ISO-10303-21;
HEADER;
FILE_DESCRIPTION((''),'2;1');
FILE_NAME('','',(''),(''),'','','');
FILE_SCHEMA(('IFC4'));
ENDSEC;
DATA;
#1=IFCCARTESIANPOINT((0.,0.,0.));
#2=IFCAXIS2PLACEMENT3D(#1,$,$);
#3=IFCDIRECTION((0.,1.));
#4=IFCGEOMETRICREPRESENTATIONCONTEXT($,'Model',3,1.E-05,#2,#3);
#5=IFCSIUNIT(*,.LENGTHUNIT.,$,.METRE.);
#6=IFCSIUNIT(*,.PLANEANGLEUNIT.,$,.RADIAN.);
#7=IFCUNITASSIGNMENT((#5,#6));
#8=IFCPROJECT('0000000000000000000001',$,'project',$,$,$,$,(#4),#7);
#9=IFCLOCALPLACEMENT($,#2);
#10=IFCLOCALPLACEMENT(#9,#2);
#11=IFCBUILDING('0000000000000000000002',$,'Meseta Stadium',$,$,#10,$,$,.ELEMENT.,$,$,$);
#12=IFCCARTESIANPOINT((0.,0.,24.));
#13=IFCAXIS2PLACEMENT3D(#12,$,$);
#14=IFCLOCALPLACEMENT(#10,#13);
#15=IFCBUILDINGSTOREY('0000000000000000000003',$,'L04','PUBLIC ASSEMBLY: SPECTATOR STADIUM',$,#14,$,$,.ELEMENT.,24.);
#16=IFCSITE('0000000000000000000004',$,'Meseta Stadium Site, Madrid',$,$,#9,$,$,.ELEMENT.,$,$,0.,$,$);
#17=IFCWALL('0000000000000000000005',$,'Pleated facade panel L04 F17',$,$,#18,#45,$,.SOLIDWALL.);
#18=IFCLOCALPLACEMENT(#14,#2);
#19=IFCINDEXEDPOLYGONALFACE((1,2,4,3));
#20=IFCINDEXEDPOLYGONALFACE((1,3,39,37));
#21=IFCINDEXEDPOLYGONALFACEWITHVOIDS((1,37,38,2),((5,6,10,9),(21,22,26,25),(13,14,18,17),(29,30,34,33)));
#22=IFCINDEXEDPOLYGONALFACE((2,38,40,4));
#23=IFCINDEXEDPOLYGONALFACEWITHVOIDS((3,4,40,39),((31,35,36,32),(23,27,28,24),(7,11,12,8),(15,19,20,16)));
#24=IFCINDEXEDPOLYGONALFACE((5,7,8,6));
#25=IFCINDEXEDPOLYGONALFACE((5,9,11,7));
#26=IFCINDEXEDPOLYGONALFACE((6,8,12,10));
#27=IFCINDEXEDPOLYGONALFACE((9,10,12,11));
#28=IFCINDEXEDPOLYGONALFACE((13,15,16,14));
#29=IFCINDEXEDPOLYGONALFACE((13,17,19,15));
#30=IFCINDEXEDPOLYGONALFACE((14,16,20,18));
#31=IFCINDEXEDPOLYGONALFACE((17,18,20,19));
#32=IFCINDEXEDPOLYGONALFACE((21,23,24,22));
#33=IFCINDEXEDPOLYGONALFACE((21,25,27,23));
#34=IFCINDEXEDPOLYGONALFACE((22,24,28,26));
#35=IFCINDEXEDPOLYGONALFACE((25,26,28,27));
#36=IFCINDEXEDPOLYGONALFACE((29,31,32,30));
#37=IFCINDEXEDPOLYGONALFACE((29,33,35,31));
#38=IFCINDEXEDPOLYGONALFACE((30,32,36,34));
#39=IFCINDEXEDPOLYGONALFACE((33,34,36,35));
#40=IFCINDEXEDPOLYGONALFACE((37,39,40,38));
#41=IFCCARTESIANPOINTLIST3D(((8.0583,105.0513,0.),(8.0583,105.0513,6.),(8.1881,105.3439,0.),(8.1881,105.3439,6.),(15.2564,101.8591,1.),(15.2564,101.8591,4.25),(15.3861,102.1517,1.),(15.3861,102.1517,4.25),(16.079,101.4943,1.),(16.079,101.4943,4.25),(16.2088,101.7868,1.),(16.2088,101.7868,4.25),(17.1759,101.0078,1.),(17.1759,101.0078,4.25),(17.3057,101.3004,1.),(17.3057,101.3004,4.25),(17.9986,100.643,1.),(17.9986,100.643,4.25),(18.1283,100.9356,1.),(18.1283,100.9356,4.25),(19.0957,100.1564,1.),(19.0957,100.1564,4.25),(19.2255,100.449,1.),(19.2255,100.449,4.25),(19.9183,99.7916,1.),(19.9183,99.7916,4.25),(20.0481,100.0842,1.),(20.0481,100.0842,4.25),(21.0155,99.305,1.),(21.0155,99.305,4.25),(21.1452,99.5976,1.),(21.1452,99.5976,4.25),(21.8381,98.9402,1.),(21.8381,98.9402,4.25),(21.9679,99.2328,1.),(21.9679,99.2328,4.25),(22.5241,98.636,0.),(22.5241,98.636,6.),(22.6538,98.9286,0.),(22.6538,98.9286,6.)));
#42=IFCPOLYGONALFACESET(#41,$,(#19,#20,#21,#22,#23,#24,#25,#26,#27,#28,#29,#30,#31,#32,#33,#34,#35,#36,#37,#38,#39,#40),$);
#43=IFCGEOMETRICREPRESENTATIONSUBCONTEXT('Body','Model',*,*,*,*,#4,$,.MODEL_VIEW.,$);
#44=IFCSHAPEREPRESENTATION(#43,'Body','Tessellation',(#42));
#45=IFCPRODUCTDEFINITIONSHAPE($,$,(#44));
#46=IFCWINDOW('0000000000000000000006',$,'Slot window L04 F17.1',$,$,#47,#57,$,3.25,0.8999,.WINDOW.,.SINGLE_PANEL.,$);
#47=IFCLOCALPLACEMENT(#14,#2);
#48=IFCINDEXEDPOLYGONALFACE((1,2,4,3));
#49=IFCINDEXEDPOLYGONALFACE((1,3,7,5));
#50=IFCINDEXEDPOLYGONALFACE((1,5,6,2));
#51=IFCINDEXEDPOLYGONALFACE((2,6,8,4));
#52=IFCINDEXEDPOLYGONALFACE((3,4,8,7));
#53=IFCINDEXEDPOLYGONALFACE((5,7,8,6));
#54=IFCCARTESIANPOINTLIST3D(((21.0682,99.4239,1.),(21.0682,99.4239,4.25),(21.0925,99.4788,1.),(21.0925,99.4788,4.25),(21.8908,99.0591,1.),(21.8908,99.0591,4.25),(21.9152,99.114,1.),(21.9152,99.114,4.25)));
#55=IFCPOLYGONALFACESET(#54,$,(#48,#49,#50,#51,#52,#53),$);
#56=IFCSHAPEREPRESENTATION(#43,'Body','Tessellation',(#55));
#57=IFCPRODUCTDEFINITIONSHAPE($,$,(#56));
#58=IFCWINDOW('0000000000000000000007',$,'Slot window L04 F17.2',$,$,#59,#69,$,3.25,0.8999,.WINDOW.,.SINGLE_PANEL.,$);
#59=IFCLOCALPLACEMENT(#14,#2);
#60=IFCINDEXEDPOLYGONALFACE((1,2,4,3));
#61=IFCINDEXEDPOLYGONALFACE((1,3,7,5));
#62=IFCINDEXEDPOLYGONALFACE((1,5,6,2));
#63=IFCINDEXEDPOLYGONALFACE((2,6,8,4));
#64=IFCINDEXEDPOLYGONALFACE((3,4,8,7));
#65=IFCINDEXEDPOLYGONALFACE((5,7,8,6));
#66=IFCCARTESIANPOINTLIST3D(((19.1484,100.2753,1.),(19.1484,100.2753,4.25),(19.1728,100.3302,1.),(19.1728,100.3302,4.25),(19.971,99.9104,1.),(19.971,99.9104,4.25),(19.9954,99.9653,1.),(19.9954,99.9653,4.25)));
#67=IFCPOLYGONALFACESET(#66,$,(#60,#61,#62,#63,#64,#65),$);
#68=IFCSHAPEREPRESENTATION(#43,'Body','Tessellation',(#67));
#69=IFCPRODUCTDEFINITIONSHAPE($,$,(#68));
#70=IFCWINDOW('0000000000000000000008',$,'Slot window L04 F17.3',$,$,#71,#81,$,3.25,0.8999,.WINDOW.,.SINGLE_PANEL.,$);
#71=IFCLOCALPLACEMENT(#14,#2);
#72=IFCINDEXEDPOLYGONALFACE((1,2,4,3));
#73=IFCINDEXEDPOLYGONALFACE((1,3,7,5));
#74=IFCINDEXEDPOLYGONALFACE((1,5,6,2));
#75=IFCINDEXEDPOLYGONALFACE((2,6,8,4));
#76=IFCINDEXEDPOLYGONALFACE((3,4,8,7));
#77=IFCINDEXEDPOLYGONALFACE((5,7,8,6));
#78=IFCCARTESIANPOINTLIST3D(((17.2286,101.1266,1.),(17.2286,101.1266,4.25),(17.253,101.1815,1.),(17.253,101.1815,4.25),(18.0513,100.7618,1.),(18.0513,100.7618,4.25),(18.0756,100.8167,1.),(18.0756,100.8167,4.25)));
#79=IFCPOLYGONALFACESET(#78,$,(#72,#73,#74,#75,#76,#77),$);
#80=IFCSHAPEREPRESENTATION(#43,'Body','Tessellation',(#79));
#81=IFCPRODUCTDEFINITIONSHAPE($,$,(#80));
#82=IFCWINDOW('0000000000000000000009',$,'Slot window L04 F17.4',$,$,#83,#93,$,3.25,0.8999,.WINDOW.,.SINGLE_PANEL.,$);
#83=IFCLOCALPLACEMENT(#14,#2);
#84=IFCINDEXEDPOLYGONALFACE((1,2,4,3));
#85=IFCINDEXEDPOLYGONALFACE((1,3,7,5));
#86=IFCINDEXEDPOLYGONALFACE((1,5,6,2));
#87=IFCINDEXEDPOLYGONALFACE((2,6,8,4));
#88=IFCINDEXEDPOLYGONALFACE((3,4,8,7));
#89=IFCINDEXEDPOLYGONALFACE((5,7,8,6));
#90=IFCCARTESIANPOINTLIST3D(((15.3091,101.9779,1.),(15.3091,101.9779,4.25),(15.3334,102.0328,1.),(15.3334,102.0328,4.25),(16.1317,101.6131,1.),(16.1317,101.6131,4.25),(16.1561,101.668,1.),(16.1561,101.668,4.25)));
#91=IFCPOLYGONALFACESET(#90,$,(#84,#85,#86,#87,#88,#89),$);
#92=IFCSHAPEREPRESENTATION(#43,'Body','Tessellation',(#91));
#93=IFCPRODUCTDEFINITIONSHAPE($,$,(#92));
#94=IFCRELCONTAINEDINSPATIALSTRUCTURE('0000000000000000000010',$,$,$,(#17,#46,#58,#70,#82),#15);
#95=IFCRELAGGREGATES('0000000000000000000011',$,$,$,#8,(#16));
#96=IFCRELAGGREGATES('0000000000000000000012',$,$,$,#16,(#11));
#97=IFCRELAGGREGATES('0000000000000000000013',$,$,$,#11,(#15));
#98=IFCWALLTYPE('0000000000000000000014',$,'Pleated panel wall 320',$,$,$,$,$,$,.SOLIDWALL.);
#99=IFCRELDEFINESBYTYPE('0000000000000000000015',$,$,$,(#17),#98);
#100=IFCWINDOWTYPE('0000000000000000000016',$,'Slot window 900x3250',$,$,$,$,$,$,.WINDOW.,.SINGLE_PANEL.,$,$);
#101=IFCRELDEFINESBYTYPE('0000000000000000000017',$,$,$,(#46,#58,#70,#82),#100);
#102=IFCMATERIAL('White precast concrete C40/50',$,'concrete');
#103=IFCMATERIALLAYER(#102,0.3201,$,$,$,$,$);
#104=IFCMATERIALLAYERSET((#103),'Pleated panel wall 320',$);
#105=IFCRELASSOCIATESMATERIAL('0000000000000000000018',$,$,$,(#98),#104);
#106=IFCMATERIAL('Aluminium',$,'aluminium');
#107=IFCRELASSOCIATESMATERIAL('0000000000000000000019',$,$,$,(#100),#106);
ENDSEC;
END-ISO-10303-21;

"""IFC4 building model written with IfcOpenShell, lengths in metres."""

from ifc_helpers import new_model, si_unit, direction, frame, frame_2d, origin, place, context, subcontext, project, spatial, rectangle, extrude, material, layer, layer_set, type_object, element, fill, save


model = new_model("IFC4")

# Units and contexts
model_context = context("Model", 3, precision=1e-05, world=origin(), true_north=direction((0.0, 1.0)))
body_context = subcontext(model_context, "Body", "Model", "MODEL_VIEW")
ifc_project = project(units=[si_unit("LENGTHUNIT", "METRE"), si_unit("PLANEANGLEUNIT", "RADIAN")], contexts=[model_context])

# Site, building, storey
site_placement = place(None, origin())
site = spatial("IfcSite", under=ifc_project, at=site_placement, Name="Meseta Stadium Site, Madrid", CompositionType="ELEMENT", RefElevation=0.0)
building_placement = place(site_placement, origin())
building = spatial("IfcBuilding", under=site, at=building_placement, Name="Meseta Stadium", CompositionType="ELEMENT")
storey_placement = place(building_placement, frame((0.0, 0.0, 24.0)))
storey = spatial("IfcBuildingStorey", under=building, at=storey_placement, Name="L04", Description="PUBLIC ASSEMBLY: SPECTATOR STADIUM", CompositionType="ELEMENT", Elevation=24.0)

# Wall, openings, windows
ifc_material_1 = material(Name="White precast concrete C40/50", Category="concrete")
ifc_layer_1 = layer(ifc_material_1, 0.3201)
ifc_layer_set_1 = layer_set([ifc_layer_1], Name="Pleated panel wall 320")
wall_type_1 = type_object("IfcWallType", Name="Pleated panel wall 320", PredefinedType="SOLIDWALL", material=ifc_layer_set_1)
wall_1_placement = place(storey_placement, frame((8.1233, 105.1975, 0.0), z_axis=(0.0, 0.0, 1.0), x_axis=(0.914139, -0.405401, 0.0)))
wall_1 = element("IfcWall", 1, at=wall_1_placement, inside=storey, type_object=wall_type_1, Name="Pleated facade panel L04 F17", PredefinedType="SOLIDWALL", context=body_context, shape_type="SweptSolid", body=[
    extrude(rectangle(XDim=15.8245, YDim=0.3201, at=frame_2d((7.9121, 0.0))), origin(), (0.0, 0.0, 1.0), 6.0),
])
opening_1_placement = place(wall_1_placement, frame((14.1741, 0.0, 1.0)))
opening_1 = element("IfcOpeningElement", 2, at=opening_1_placement, cuts=wall_1, PredefinedType="OPENING", context=body_context, shape_type="SweptSolid", body=[
    extrude(rectangle(XDim=0.8999, YDim=3.25, at=frame_2d((0.45, 1.625))), frame((0.0, 0.1699, 0.0), z_axis=(0.0, -1.0, 0.0), x_axis=(1.0, 0.0, 0.0)), (0.0, 0.0, 1.0), 0.3401),
])
opening_2_placement = place(wall_1_placement, frame((12.074, 0.0, 1.0)))
opening_2 = element("IfcOpeningElement", 3, at=opening_2_placement, cuts=wall_1, PredefinedType="OPENING", context=body_context, shape_type="SweptSolid", body=[
    extrude(rectangle(XDim=0.8999, YDim=3.25, at=frame_2d((0.45, 1.625))), frame((0.0, 0.1699, 0.0), z_axis=(0.0, -1.0, 0.0), x_axis=(1.0, 0.0, 0.0)), (0.0, 0.0, 1.0), 0.3401),
])
opening_3_placement = place(wall_1_placement, frame((9.9739, 0.0, 1.0)))
opening_3 = element("IfcOpeningElement", 4, at=opening_3_placement, cuts=wall_1, PredefinedType="OPENING", context=body_context, shape_type="SweptSolid", body=[
    extrude(rectangle(XDim=0.8999, YDim=3.25, at=frame_2d((0.45, 1.625))), frame((0.0, 0.1699, 0.0), z_axis=(0.0, -1.0, 0.0), x_axis=(1.0, 0.0, 0.0)), (0.0, 0.0, 1.0), 0.3401),
])
opening_4_placement = place(wall_1_placement, frame((7.874, 0.0, 1.0)))
opening_4 = element("IfcOpeningElement", 5, at=opening_4_placement, cuts=wall_1, PredefinedType="OPENING", context=body_context, shape_type="SweptSolid", body=[
    extrude(rectangle(XDim=0.8999, YDim=3.25, at=frame_2d((0.45, 1.625))), frame((0.0, 0.1699, 0.0), z_axis=(0.0, -1.0, 0.0), x_axis=(1.0, 0.0, 0.0)), (0.0, 0.0, 1.0), 0.3401),
])
ifc_material_2 = material(Name="Aluminium", Category="aluminium")
window_type_1 = type_object("IfcWindowType", Name="Slot window 900x3250", PartitioningType="SINGLE_PANEL", PredefinedType="WINDOW", material=ifc_material_2)
window_1_placement = place(opening_1_placement, origin())
window_1 = element("IfcWindow", 6, at=window_1_placement, inside=storey, type_object=window_type_1, Name="Slot window L04 F17.1", OverallHeight=3.25, OverallWidth=0.8999, PartitioningType="SINGLE_PANEL", PredefinedType="WINDOW", context=body_context, shape_type="SweptSolid", body=[
    extrude(rectangle(XDim=0.8999, YDim=3.25, at=frame_2d((0.45, 1.625))), frame((0.0, 0.03, 0.0), z_axis=(0.0, -1.0, 0.0), x_axis=(1.0, 0.0, 0.0)), (0.0, 0.0, 1.0), 0.0601),
])
fill(opening_1, window_1)
window_2_placement = place(opening_2_placement, origin())
window_2 = element("IfcWindow", 7, at=window_2_placement, inside=storey, type_object=window_type_1, Name="Slot window L04 F17.2", OverallHeight=3.25, OverallWidth=0.8999, PartitioningType="SINGLE_PANEL", PredefinedType="WINDOW", context=body_context, shape_type="SweptSolid", body=[
    extrude(rectangle(XDim=0.8999, YDim=3.25, at=frame_2d((0.45, 1.625))), frame((0.0, 0.03, 0.0), z_axis=(0.0, -1.0, 0.0), x_axis=(1.0, 0.0, 0.0)), (0.0, 0.0, 1.0), 0.0601),
])
fill(opening_2, window_2)
window_3_placement = place(opening_3_placement, origin())
window_3 = element("IfcWindow", 8, at=window_3_placement, inside=storey, type_object=window_type_1, Name="Slot window L04 F17.3", OverallHeight=3.25, OverallWidth=0.8999, PartitioningType="SINGLE_PANEL", PredefinedType="WINDOW", context=body_context, shape_type="SweptSolid", body=[
    extrude(rectangle(XDim=0.8999, YDim=3.25, at=frame_2d((0.45, 1.625))), frame((0.0, 0.03, 0.0), z_axis=(0.0, -1.0, 0.0), x_axis=(1.0, 0.0, 0.0)), (0.0, 0.0, 1.0), 0.0601),
])
fill(opening_3, window_3)
window_4_placement = place(opening_4_placement, origin())
window_4 = element("IfcWindow", 9, at=window_4_placement, inside=storey, type_object=window_type_1, Name="Slot window L04 F17.4", OverallHeight=3.25, OverallWidth=0.8999, PartitioningType="SINGLE_PANEL", PredefinedType="WINDOW", context=body_context, shape_type="SweptSolid", body=[
    extrude(rectangle(XDim=0.8999, YDim=3.25, at=frame_2d((0.45, 1.625))), frame((0.0, 0.03, 0.0), z_axis=(0.0, -1.0, 0.0), x_axis=(1.0, 0.0, 0.0)), (0.0, 0.0, 1.0), 0.0601),
])
fill(opening_4, window_4)

save(model, "model.ifc")
